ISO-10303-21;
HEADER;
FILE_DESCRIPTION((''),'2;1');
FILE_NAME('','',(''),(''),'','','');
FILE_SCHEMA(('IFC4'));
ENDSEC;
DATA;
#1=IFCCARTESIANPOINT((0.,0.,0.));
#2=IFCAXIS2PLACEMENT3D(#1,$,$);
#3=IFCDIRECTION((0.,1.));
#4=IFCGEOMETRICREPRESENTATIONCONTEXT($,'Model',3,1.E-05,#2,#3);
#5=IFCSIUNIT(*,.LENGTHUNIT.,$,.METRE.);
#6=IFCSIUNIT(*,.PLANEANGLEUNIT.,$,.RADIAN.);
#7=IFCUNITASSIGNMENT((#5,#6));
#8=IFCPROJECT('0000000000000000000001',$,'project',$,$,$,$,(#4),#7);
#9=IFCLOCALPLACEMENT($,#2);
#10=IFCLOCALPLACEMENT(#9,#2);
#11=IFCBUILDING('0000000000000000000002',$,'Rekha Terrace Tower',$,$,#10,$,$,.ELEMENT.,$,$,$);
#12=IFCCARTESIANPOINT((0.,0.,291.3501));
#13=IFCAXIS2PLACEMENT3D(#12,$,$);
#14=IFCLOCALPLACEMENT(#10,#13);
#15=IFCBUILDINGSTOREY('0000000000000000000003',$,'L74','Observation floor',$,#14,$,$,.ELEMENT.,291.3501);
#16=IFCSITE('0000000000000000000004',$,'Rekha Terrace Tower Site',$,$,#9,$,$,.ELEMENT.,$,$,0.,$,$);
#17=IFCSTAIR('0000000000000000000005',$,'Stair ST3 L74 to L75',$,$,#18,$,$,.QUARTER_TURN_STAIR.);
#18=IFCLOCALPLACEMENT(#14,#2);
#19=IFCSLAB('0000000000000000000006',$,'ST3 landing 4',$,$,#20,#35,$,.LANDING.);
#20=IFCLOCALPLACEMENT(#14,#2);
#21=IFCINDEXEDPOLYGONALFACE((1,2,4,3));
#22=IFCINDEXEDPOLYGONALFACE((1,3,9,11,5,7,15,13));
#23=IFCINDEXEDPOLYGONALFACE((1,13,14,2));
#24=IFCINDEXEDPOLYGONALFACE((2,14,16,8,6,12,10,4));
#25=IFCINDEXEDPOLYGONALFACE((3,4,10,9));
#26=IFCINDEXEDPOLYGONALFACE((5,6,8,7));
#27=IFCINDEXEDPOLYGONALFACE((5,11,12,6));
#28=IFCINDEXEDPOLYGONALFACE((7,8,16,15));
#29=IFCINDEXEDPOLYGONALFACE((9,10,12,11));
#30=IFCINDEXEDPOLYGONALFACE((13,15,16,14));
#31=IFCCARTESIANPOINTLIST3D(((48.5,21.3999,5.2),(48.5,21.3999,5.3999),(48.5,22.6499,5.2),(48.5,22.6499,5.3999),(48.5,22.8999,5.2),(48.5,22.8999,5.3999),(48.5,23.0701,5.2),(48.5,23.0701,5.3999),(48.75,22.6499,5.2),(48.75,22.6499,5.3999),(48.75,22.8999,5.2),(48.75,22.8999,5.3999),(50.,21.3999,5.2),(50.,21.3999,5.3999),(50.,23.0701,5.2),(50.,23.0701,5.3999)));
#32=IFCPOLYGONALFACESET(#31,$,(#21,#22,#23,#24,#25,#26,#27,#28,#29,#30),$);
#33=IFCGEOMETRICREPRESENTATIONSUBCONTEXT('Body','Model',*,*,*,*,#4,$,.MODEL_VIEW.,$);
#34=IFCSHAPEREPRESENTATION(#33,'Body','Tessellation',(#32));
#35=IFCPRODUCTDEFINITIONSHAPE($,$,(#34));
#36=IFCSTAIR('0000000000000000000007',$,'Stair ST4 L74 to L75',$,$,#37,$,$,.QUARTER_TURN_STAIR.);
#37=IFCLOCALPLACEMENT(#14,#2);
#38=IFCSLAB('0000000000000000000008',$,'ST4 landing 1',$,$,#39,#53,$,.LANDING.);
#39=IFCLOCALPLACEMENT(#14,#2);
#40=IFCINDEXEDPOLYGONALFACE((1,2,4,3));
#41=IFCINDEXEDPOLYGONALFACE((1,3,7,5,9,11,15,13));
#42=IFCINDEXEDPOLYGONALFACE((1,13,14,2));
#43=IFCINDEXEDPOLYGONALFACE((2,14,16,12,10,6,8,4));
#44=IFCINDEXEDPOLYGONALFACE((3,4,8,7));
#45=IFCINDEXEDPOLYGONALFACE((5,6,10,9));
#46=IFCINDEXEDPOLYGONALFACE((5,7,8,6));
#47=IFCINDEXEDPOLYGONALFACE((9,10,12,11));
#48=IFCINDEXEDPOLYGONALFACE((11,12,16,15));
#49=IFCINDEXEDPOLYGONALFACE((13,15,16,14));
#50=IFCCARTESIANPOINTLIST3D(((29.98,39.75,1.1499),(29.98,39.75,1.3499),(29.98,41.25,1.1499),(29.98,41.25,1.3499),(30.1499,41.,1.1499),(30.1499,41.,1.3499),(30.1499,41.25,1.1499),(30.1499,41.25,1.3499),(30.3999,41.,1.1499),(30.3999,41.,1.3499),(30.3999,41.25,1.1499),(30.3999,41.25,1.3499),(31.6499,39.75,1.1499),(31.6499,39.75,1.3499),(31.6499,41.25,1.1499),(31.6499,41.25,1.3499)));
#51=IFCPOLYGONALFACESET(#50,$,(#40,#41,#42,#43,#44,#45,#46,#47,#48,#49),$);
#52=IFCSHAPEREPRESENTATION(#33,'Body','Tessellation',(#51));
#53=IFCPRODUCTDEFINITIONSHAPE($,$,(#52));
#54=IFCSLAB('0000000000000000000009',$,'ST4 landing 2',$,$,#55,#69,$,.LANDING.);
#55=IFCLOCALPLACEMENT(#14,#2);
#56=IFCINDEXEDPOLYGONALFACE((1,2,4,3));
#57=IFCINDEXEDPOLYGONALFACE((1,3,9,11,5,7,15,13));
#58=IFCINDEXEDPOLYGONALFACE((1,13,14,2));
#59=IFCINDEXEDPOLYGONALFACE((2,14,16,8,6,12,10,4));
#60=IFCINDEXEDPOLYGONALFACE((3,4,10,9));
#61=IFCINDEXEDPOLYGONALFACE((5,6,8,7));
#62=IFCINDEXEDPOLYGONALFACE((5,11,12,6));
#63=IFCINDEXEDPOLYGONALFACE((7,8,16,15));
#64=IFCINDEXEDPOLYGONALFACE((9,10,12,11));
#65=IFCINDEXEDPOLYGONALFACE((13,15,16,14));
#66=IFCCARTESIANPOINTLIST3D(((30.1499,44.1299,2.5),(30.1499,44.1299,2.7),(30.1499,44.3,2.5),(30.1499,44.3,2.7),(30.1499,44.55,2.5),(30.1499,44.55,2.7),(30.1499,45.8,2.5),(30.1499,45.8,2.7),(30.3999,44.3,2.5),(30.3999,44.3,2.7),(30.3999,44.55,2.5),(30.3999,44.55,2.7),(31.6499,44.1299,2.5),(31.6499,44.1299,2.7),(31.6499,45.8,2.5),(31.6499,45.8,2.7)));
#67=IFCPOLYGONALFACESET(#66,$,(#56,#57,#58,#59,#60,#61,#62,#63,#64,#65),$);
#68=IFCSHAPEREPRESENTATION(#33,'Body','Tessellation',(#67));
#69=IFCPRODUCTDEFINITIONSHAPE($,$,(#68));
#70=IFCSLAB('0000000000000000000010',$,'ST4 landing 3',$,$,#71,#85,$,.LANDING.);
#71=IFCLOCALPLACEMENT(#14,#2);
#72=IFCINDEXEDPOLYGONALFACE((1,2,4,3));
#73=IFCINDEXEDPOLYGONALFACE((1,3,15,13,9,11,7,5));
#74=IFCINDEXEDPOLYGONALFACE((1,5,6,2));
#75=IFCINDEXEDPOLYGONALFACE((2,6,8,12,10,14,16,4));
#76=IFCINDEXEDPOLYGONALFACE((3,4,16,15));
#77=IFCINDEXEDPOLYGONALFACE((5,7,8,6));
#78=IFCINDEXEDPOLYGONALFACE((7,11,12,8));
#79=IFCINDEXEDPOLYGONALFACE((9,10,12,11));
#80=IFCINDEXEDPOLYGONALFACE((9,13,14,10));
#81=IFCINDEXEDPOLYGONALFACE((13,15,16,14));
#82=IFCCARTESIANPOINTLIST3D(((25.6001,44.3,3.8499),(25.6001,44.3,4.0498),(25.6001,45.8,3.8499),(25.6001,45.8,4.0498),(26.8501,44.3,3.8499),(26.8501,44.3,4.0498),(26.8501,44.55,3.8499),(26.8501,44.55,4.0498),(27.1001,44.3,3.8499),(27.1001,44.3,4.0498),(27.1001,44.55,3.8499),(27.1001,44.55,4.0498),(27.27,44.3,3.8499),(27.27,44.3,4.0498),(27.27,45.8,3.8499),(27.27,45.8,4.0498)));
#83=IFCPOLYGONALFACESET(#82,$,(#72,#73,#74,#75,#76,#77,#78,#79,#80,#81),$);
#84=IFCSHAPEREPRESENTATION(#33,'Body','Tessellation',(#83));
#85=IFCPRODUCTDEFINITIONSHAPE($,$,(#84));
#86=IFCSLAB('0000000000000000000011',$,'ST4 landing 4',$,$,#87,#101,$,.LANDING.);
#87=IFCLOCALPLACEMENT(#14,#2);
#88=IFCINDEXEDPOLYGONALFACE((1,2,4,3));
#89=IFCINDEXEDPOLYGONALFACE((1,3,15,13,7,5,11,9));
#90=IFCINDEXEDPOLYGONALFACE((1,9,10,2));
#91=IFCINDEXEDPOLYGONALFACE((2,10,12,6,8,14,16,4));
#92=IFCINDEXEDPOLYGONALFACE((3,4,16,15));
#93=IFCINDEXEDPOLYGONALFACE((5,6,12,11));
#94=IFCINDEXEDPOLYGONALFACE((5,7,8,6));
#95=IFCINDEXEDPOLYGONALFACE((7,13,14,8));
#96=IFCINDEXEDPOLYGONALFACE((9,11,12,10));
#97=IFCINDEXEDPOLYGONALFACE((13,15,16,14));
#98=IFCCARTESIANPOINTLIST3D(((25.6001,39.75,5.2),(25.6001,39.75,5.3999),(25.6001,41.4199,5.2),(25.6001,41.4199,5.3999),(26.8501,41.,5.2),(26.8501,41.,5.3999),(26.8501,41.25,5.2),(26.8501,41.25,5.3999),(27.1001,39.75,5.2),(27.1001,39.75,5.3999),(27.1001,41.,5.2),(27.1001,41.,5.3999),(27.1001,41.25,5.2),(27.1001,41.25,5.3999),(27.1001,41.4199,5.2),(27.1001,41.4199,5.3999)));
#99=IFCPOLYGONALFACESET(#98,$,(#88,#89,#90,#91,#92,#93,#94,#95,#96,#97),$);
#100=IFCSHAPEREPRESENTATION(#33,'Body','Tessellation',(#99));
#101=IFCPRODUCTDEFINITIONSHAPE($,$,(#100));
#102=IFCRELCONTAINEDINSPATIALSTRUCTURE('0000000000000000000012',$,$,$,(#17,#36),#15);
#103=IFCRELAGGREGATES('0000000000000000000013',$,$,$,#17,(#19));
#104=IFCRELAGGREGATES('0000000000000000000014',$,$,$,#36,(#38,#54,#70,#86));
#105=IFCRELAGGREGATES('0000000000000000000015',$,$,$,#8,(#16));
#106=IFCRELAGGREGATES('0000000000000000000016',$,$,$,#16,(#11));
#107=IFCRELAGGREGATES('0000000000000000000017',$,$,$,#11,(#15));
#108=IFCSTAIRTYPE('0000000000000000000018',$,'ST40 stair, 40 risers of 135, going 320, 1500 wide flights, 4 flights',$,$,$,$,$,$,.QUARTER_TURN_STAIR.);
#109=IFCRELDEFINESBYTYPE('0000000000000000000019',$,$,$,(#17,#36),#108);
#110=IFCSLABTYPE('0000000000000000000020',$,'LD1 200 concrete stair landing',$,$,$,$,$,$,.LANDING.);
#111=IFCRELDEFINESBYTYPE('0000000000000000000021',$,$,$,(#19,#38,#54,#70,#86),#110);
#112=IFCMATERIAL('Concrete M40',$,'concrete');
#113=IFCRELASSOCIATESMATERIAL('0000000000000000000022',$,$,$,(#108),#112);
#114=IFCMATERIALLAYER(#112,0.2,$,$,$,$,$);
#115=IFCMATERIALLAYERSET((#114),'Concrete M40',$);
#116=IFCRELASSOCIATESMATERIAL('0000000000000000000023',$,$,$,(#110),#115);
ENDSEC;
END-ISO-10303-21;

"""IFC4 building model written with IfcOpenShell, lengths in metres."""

from ifc_helpers import new_model, si_unit, direction, frame, origin, place, context, subcontext, project, spatial, polyline, outline, extrude, material, layer, layer_set, type_object, element, aggregate, save


model = new_model("IFC4")

# Units and contexts
model_context = context("Model", 3, precision=1e-05, world=origin(), true_north=direction((0.0, 1.0)))
body_context = subcontext(model_context, "Body", "Model", "MODEL_VIEW")
ifc_project = project(units=[si_unit("LENGTHUNIT", "METRE"), si_unit("PLANEANGLEUNIT", "RADIAN")], contexts=[model_context])

# Site, building, storey
site_placement = place(None, origin())
site = spatial("IfcSite", under=ifc_project, at=site_placement, Name="Rekha Terrace Tower Site", CompositionType="ELEMENT", RefElevation=0.0)
building_placement = place(site_placement, origin())
building = spatial("IfcBuilding", under=site, at=building_placement, Name="Rekha Terrace Tower", CompositionType="ELEMENT")
storey_placement = place(building_placement, frame((0.0, 0.0, 291.3501)))
storey = spatial("IfcBuildingStorey", under=building, at=storey_placement, Name="L74", Description="Observation floor", CompositionType="ELEMENT", Elevation=291.3501)

# Stairs, slabs
ifc_material_1 = material(Name="Concrete M40", Category="concrete")
stair_type = type_object("IfcStairType", Name="ST40 stair, 40 risers of 135, going 320, 1500 wide flights, 4 flights", PredefinedType="QUARTER_TURN_STAIR", material=ifc_material_1)
ifc_layer_1 = layer(ifc_material_1, 0.2)
ifc_layer_set_1 = layer_set([ifc_layer_1], Name="Concrete M40")
slab_type_1 = type_object("IfcSlabType", Name="LD1 200 concrete stair landing", PredefinedType="LANDING", material=ifc_layer_set_1)
stair_1_placement = place(storey_placement, origin())
stair_1 = element("IfcStair", 1, at=stair_1_placement, inside=storey, type_object=stair_type, Name="Stair ST3 L74 to L75", PredefinedType="QUARTER_TURN_STAIR")
slab_1_placement = place(storey_placement, frame((0.0, 0.0, 5.2)))
slab_1 = element("IfcSlab", 2, at=slab_1_placement, type_object=slab_type_1, Name="ST3 landing 4", PredefinedType="LANDING", context=body_context, shape_type="SweptSolid", body=[
    extrude(outline(polyline([(48.5, 21.3999), (50.0, 21.3999), (50.0, 23.0701), (48.5, 23.0701), (48.5, 22.8999), (48.75, 22.8999), (48.75, 22.6499), (48.5, 22.6499), (48.5, 21.3999)])), origin(), (0.0, 0.0, 1.0), 0.2),
])
aggregate(stair_1, [slab_1])
stair_2_placement = place(storey_placement, origin())
stair_2 = element("IfcStair", 3, at=stair_2_placement, inside=storey, type_object=stair_type, Name="Stair ST4 L74 to L75", PredefinedType="QUARTER_TURN_STAIR")
slab_2_placement = place(storey_placement, frame((0.0, 0.0, 1.1499)))
slab_2 = element("IfcSlab", 4, at=slab_2_placement, type_object=slab_type_1, Name="ST4 landing 1", PredefinedType="LANDING", context=body_context, shape_type="SweptSolid", body=[
    extrude(outline(polyline([(31.6499, 41.25), (31.6499, 39.75), (29.98, 39.75), (29.98, 41.25), (30.1499, 41.25), (30.1499, 41.0), (30.3999, 41.0), (30.3999, 41.25), (31.6499, 41.25)])), origin(), (0.0, 0.0, 1.0), 0.2),
])
slab_3_placement = place(storey_placement, frame((0.0, 0.0, 2.5)))
slab_3 = element("IfcSlab", 5, at=slab_3_placement, type_object=slab_type_1, Name="ST4 landing 2", PredefinedType="LANDING", context=body_context, shape_type="SweptSolid", body=[
    extrude(outline(polyline([(30.1499, 45.8), (31.6499, 45.8), (31.6499, 44.1299), (30.1499, 44.1299), (30.1499, 44.3), (30.3999, 44.3), (30.3999, 44.55), (30.1499, 44.55), (30.1499, 45.8)])), origin(), (0.0, 0.0, 1.0), 0.2),
])
slab_4_placement = place(storey_placement, frame((0.0, 0.0, 3.8499)))
slab_4 = element("IfcSlab", 6, at=slab_4_placement, type_object=slab_type_1, Name="ST4 landing 3", PredefinedType="LANDING", context=body_context, shape_type="SweptSolid", body=[
    extrude(outline(polyline([(25.6001, 44.3), (25.6001, 45.8), (27.27, 45.8), (27.27, 44.3), (27.1001, 44.3), (27.1001, 44.55), (26.8501, 44.55), (26.8501, 44.3), (25.6001, 44.3)])), origin(), (0.0, 0.0, 1.0), 0.2),
])
slab_5_placement = place(storey_placement, frame((0.0, 0.0, 5.2)))
slab_5 = element("IfcSlab", 7, at=slab_5_placement, type_object=slab_type_1, Name="ST4 landing 4", PredefinedType="LANDING", context=body_context, shape_type="SweptSolid", body=[
    extrude(outline(polyline([(27.1001, 39.75), (25.6001, 39.75), (25.6001, 41.4199), (27.1001, 41.4199), (27.1001, 41.25), (26.8501, 41.25), (26.8501, 41.0), (27.1001, 41.0), (27.1001, 39.75)])), origin(), (0.0, 0.0, 1.0), 0.2),
])
aggregate(stair_2, [slab_2, slab_3, slab_4, slab_5])

save(model, "model.ifc")
